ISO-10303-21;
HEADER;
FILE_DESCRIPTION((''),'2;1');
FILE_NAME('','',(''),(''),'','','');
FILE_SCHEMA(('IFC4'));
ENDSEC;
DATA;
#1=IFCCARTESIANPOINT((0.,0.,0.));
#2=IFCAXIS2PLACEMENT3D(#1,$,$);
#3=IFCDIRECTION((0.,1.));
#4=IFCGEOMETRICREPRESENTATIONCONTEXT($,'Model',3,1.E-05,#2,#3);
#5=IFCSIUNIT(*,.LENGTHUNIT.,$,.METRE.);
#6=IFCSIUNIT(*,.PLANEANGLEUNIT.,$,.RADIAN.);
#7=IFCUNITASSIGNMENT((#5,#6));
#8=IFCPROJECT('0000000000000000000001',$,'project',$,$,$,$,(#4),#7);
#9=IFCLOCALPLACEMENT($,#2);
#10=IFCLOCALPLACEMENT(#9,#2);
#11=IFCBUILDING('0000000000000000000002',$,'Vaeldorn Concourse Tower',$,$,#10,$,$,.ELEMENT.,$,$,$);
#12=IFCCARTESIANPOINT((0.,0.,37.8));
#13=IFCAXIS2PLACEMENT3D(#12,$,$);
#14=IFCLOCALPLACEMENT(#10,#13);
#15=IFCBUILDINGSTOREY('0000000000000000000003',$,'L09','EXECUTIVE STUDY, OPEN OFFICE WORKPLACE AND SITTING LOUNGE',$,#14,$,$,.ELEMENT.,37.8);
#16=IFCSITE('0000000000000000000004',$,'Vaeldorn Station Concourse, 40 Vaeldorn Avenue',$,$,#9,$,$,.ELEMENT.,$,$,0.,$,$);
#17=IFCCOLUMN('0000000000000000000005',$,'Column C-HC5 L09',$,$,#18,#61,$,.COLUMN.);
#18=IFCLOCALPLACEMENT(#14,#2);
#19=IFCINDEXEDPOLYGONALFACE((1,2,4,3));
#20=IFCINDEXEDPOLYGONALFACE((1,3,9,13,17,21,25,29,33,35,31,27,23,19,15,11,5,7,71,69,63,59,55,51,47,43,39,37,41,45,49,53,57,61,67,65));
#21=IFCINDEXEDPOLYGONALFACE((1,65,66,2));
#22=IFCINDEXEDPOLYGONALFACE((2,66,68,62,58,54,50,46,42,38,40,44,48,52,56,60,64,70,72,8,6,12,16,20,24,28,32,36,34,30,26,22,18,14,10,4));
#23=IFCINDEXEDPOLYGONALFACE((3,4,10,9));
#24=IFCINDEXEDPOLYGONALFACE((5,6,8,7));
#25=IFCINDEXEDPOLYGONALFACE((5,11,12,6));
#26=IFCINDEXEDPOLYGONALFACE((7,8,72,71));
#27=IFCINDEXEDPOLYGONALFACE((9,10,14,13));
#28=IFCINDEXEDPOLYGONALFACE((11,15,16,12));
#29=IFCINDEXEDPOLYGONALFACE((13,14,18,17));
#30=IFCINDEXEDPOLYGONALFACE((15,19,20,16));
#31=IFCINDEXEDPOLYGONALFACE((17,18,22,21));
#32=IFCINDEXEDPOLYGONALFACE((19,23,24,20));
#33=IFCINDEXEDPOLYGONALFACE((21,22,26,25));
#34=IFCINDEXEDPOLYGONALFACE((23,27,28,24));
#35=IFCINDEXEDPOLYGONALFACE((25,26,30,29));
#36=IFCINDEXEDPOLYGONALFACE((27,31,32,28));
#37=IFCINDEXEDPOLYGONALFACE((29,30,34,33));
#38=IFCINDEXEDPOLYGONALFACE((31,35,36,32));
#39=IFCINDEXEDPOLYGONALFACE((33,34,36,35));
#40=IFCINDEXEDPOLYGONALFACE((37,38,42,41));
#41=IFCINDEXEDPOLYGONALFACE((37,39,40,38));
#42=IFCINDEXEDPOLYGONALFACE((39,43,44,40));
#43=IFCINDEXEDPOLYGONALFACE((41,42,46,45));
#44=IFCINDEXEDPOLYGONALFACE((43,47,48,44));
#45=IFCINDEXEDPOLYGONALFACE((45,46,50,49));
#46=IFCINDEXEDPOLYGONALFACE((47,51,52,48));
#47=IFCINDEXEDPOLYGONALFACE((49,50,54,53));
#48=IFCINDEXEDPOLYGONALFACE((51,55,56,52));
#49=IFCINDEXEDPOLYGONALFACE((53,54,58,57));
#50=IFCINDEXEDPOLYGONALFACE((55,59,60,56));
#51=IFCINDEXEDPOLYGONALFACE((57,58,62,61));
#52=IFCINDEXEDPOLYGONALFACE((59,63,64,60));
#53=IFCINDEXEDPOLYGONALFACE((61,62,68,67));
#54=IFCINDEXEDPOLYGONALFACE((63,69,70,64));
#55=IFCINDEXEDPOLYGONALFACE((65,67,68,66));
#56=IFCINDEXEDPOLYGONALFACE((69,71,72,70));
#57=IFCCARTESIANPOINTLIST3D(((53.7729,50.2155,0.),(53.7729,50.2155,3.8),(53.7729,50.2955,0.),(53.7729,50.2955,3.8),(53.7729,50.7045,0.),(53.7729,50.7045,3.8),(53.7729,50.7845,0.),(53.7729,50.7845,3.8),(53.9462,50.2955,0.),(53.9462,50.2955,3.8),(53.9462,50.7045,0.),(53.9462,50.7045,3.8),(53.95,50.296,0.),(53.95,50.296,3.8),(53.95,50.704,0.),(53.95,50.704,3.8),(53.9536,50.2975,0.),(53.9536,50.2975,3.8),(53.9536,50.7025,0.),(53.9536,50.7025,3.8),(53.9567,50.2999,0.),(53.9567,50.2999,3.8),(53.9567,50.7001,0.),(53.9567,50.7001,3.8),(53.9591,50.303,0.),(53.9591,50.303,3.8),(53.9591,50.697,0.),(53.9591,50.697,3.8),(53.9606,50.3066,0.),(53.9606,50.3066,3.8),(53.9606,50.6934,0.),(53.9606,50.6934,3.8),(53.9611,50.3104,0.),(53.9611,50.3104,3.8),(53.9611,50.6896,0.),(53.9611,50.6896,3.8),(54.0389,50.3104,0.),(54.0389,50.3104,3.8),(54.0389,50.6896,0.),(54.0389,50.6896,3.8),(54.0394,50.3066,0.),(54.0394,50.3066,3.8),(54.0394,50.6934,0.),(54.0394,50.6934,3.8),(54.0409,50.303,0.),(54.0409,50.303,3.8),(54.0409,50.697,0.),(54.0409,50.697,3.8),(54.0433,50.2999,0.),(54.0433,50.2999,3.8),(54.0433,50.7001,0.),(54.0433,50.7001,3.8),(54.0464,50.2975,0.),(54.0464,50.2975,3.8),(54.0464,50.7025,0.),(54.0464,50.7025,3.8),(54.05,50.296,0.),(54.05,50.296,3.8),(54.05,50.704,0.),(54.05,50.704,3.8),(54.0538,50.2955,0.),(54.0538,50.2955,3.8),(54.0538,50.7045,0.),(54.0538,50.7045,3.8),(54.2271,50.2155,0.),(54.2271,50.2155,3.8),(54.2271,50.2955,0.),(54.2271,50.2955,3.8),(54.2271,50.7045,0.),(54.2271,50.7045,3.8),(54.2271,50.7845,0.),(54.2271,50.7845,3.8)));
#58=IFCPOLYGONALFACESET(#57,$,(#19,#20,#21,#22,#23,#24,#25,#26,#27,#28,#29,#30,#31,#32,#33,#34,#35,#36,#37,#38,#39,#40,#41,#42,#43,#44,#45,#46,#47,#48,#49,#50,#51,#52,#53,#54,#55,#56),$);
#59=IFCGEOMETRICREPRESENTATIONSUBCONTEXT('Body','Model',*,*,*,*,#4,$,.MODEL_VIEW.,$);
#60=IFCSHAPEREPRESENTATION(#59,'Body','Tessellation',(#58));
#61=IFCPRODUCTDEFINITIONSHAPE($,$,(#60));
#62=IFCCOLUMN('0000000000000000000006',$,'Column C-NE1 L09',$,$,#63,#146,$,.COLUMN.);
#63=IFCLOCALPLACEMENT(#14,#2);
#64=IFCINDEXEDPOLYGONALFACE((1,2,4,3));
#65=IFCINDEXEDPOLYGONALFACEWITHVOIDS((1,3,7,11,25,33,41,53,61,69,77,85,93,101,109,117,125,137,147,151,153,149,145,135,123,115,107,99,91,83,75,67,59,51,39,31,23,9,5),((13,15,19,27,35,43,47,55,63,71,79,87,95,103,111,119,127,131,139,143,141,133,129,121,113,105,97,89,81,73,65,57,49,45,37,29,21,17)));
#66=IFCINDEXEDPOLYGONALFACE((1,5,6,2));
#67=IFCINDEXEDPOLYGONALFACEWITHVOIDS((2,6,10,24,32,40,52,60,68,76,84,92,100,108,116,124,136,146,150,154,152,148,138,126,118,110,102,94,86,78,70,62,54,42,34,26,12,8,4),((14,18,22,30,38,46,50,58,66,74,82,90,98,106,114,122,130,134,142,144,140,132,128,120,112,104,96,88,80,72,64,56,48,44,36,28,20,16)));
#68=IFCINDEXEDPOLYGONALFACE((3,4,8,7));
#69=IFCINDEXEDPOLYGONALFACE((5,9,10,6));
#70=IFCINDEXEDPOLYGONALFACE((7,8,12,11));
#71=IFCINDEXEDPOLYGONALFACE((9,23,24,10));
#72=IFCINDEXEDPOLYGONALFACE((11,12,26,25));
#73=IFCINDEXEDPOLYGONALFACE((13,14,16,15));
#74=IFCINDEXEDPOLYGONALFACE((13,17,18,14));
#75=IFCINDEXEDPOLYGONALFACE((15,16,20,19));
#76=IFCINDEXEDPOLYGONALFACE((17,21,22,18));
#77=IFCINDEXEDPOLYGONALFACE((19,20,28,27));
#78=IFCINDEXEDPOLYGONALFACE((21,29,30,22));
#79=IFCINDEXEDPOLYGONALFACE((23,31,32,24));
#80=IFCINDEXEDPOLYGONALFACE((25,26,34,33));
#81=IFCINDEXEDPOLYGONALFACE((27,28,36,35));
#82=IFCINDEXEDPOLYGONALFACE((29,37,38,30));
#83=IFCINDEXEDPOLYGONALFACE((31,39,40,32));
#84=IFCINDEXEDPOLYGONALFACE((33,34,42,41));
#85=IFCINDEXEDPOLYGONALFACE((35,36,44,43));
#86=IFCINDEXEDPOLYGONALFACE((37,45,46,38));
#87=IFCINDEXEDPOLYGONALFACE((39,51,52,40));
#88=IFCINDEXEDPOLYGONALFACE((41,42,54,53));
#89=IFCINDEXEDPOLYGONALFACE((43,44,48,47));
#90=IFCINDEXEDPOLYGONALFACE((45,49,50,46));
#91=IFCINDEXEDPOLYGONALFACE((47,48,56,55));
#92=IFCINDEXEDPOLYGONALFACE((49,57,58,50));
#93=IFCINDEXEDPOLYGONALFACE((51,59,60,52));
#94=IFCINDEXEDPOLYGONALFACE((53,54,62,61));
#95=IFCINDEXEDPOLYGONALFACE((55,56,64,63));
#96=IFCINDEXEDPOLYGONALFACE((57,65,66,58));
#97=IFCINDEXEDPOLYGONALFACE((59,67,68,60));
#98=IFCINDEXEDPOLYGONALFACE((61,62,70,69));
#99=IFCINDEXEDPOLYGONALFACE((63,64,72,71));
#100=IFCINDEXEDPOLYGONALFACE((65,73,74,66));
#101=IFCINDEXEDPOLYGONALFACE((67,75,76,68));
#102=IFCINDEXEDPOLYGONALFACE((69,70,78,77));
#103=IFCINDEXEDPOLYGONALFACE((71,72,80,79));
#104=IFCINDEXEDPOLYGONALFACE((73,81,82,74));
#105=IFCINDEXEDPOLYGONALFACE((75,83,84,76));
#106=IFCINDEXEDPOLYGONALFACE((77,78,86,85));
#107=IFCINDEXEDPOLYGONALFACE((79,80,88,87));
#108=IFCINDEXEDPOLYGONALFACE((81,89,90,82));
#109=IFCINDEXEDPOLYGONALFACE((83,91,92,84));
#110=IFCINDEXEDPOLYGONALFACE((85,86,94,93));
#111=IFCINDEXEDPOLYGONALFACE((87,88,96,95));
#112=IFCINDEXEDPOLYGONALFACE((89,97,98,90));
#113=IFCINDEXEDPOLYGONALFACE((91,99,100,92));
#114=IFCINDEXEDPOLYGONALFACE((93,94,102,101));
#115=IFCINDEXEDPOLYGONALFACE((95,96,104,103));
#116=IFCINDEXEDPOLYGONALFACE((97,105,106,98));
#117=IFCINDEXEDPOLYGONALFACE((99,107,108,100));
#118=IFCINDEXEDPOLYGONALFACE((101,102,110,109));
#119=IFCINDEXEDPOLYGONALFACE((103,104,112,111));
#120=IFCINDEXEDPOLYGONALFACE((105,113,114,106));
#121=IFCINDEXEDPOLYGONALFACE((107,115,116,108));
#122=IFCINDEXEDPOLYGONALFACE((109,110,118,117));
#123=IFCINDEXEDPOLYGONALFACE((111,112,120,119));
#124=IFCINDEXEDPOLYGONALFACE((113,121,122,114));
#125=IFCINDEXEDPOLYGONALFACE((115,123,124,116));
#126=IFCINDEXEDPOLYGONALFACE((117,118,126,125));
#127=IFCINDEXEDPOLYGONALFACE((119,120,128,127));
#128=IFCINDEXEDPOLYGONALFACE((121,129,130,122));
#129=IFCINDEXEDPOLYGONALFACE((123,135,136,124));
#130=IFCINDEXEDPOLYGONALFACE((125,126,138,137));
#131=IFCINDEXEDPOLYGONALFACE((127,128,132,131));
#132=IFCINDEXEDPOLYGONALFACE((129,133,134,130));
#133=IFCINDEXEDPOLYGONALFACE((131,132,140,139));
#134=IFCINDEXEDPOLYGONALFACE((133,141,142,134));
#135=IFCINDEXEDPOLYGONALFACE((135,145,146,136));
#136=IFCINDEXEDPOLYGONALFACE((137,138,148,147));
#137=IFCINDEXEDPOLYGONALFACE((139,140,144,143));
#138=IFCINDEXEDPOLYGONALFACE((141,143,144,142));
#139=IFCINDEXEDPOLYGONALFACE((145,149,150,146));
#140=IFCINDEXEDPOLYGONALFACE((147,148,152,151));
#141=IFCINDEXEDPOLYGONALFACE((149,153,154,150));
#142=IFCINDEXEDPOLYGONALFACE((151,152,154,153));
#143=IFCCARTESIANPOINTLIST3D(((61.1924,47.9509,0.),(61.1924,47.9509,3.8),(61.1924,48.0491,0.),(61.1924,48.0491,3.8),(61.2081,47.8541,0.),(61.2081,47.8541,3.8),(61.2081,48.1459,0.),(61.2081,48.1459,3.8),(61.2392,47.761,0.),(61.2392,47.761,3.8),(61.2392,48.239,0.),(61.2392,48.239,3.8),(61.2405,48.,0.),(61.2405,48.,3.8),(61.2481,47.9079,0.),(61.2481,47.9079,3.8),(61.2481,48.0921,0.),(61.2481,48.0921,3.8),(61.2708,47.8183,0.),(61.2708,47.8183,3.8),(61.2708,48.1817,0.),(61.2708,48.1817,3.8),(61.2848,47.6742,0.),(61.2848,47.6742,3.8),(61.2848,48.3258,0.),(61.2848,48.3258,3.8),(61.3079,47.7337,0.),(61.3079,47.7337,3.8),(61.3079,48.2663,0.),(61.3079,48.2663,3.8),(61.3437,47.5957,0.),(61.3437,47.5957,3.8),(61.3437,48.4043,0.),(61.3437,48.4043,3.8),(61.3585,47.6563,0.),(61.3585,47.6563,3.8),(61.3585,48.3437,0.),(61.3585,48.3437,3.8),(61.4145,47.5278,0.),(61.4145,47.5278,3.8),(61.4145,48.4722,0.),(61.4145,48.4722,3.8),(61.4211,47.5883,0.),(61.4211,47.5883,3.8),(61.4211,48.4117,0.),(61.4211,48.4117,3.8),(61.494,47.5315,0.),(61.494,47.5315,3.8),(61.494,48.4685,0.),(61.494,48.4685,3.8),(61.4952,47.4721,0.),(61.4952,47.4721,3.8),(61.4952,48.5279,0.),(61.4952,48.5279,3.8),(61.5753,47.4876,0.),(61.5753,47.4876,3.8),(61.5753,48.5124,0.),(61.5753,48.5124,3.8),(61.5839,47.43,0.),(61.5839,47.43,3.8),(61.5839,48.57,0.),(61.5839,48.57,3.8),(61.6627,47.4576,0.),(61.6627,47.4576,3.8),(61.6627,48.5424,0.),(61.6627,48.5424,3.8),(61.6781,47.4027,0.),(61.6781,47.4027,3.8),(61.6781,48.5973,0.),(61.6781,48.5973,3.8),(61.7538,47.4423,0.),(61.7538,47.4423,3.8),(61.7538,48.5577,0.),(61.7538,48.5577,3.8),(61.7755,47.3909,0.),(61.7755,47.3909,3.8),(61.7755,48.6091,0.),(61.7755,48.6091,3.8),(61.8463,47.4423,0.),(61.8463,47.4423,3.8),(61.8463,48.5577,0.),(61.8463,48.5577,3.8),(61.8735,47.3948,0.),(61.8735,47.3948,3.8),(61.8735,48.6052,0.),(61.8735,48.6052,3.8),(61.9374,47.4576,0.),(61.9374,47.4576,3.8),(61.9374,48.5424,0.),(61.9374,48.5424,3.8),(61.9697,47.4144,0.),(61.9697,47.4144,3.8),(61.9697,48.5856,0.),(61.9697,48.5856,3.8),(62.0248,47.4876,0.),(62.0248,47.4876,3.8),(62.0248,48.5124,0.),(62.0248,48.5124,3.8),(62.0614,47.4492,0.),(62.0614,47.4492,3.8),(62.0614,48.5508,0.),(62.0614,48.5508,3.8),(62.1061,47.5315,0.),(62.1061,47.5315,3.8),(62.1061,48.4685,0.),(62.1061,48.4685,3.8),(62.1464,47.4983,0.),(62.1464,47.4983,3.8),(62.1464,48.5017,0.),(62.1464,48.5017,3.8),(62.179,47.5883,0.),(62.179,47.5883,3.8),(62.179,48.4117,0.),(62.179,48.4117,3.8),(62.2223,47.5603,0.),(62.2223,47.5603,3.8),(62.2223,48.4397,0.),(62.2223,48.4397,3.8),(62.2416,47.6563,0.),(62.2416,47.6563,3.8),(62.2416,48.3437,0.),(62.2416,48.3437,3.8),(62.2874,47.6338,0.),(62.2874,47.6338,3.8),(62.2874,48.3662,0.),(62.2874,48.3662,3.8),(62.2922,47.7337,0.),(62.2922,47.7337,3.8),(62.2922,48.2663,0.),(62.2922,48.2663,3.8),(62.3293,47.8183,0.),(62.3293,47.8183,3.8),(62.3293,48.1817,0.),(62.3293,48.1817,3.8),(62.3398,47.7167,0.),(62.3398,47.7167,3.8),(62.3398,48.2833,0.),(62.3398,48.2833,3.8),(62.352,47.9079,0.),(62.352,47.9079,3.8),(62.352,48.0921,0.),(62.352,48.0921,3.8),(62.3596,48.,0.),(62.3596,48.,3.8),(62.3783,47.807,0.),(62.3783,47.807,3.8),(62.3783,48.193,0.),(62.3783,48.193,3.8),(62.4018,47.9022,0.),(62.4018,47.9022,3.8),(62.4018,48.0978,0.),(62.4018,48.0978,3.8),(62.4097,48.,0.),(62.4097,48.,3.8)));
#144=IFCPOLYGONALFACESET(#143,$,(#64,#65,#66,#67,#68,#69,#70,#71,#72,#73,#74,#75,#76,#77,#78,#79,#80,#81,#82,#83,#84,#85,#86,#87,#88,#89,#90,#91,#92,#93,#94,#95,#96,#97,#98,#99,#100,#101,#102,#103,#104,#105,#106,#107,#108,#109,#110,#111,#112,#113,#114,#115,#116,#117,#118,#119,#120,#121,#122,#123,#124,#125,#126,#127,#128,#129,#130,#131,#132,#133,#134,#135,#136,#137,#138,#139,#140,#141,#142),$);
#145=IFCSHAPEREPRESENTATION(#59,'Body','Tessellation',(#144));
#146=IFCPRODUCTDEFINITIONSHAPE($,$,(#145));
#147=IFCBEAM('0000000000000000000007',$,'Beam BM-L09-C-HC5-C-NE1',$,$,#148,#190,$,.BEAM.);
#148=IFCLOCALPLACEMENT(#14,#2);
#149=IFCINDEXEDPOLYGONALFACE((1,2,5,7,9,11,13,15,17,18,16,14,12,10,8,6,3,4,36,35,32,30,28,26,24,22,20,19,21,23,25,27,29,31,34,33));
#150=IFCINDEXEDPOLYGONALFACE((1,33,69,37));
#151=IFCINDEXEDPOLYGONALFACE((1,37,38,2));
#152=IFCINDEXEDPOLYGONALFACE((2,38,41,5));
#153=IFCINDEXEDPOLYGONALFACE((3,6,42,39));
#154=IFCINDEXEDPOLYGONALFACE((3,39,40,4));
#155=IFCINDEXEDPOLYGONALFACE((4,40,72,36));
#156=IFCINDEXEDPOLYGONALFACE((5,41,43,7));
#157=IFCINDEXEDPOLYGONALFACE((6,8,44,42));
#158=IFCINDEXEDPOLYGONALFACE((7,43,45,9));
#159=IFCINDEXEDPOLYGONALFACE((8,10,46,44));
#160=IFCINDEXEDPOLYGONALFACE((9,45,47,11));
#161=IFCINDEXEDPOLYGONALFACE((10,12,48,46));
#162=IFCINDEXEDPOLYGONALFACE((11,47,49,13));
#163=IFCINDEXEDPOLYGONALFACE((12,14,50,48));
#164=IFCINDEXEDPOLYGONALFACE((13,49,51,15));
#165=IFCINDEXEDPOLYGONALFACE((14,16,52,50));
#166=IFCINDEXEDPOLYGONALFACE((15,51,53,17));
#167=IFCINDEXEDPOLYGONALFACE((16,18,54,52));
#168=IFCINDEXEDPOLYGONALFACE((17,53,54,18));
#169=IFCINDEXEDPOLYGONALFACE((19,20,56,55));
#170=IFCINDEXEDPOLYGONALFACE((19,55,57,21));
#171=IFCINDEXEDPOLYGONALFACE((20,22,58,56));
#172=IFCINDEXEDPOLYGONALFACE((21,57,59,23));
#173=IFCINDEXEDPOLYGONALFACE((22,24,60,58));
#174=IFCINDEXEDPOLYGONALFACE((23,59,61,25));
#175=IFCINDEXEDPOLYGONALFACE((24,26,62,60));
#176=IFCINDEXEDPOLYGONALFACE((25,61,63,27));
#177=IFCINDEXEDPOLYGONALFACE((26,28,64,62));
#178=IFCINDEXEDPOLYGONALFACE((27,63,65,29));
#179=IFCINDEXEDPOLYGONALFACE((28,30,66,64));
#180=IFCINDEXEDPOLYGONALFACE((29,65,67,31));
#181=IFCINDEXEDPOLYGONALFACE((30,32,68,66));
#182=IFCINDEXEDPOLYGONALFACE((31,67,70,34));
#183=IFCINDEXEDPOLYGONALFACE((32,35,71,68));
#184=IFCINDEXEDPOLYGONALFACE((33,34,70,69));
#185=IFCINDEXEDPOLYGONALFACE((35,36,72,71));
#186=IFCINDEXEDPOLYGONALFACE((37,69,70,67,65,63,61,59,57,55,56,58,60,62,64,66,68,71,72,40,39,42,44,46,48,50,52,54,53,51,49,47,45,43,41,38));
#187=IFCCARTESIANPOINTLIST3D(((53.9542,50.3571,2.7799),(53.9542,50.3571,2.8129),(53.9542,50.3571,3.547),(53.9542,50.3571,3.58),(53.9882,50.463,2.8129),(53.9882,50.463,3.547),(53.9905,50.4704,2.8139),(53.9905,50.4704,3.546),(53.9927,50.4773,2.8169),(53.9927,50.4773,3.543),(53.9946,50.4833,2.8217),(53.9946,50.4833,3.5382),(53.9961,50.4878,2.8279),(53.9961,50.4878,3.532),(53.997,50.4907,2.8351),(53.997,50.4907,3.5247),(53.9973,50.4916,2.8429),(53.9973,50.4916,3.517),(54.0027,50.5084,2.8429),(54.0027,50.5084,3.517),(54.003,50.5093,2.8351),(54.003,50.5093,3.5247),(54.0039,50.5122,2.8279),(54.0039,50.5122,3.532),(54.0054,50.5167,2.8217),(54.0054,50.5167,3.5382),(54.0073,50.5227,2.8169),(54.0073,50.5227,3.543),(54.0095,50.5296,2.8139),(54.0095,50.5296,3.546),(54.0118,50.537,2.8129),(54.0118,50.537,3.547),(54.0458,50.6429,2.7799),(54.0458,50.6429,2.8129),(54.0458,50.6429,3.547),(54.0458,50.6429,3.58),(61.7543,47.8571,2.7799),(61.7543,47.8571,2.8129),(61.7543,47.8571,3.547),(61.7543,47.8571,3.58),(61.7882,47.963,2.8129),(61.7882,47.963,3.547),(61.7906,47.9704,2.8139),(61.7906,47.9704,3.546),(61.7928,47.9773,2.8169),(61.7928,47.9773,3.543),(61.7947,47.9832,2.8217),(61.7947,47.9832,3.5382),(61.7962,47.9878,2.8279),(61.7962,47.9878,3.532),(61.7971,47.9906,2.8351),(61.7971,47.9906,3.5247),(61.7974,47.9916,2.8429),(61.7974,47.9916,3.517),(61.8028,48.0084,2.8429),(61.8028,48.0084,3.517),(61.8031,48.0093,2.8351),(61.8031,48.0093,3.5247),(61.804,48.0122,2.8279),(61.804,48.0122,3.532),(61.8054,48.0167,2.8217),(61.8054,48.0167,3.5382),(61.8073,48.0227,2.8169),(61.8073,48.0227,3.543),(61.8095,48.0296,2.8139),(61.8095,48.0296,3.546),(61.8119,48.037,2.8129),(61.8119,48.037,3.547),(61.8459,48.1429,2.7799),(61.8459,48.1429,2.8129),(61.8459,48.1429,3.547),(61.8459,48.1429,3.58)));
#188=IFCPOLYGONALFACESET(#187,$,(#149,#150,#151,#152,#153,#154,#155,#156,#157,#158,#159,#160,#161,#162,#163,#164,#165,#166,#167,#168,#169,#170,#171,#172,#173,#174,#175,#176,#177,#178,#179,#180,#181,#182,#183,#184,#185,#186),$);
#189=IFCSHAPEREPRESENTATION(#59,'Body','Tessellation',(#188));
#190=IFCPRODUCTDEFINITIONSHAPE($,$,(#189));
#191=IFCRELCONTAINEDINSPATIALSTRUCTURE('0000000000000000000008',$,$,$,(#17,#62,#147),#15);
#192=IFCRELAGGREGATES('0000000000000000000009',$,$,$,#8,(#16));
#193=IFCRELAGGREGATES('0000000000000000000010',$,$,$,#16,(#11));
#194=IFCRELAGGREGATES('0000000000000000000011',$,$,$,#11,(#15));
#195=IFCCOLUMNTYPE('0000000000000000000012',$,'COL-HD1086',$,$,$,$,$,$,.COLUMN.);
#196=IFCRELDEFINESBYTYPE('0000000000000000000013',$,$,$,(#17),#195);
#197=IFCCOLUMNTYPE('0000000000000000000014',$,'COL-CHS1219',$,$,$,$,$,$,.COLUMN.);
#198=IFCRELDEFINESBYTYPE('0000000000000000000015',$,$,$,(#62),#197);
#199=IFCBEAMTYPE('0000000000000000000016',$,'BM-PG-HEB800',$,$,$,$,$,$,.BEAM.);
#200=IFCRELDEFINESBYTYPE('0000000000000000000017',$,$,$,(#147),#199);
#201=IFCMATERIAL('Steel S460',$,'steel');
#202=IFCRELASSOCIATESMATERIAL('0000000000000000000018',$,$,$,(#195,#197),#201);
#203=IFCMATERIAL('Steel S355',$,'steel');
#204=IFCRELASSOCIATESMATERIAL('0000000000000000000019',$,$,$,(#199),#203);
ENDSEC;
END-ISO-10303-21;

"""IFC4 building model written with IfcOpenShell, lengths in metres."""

from ifc_helpers import new_model, si_unit, direction, frame, origin, origin_2d, place, context, subcontext, project, spatial, hollow_circle, i_section, extrude, source, transform, mapped, material, material_profile, profile_set, type_object, element, save


model = new_model("IFC4")

# Units and contexts
model_context = context("Model", 3, precision=1e-05, world=origin(), true_north=direction((0.0, 1.0)))
body_context = subcontext(model_context, "Body", "Model", "MODEL_VIEW")
ifc_project = project(units=[si_unit("LENGTHUNIT", "METRE"), si_unit("PLANEANGLEUNIT", "RADIAN")], contexts=[model_context])

# Site, building, storey
site_placement = place(None, origin())
site = spatial("IfcSite", under=ifc_project, at=site_placement, Name="Vaeldorn Station Concourse, 40 Vaeldorn Avenue", CompositionType="ELEMENT", RefElevation=0.0)
building_placement = place(site_placement, origin())
building = spatial("IfcBuilding", under=site, at=building_placement, Name="Vaeldorn Concourse Tower", CompositionType="ELEMENT")
storey_placement = place(building_placement, frame((0.0, 0.0, 37.8)))
storey = spatial("IfcBuildingStorey", under=building, at=storey_placement, Name="L09", Description="EXECUTIVE STUDY, OPEN OFFICE WORKPLACE AND SITTING LOUNGE", CompositionType="ELEMENT", Elevation=37.8)

# Columns
ifc_material_1 = material(Name="Steel S460", Category="steel")
ifc_material_profile_1 = material_profile(ifc_material_1, i_section(OverallWidth=0.4541, OverallDepth=0.5691, WebThickness=0.0779, FlangeThickness=0.0801, FilletRadius=0.0149, at=origin_2d()), Name="HD 400x1086")
ifc_profile_set_1 = profile_set([ifc_material_profile_1], Name="Steel S460")
column_type_1 = type_object("IfcColumnType", Name="COL-HD1086", PredefinedType="COLUMN", material=ifc_profile_set_1)
shared_shape_1 = source(origin(), body_context, "Body", "SweptSolid", [
    extrude(i_section(OverallWidth=0.4541, OverallDepth=0.5691, WebThickness=0.0779, FlangeThickness=0.0801, FilletRadius=0.0149, at=origin_2d()), origin(), (0.0, 0.0, 1.0), 3.8),
])
column_1_placement = place(storey_placement, frame((54.0, 50.5, 0.0), z_axis=(0.0, 0.0, 1.0), x_axis=(1.0, 0.0, 0.0)))
element("IfcColumn", 1, at=column_1_placement, inside=storey, type_object=column_type_1, Name="Column C-HC5 L09", PredefinedType="COLUMN", context=body_context, shape_type="MappedRepresentation", body=[
    mapped(shared_shape_1, transform((0.0, 0.0, 0.0), scale=1.0)),
])
ifc_material_profile_2 = material_profile(ifc_material_1, hollow_circle(Radius=0.6096, WallThickness=0.05, at=origin_2d()), Name="CHS 1219x50")
ifc_profile_set_2 = profile_set([ifc_material_profile_2], Name="Steel S460")
column_type_2 = type_object("IfcColumnType", Name="COL-CHS1219", PredefinedType="COLUMN", material=ifc_profile_set_2)
shared_shape_2 = source(origin(), body_context, "Body", "SweptSolid", [
    extrude(hollow_circle(Radius=0.6096, WallThickness=0.05, at=origin_2d()), origin(), (0.0, 0.0, 1.0), 3.8),
])
column_2_placement = place(storey_placement, frame((61.8, 48.0, 0.0), z_axis=(0.0, 0.0, 1.0), x_axis=(1.0, 0.0, 0.0)))
element("IfcColumn", 2, at=column_2_placement, inside=storey, type_object=column_type_2, Name="Column C-NE1 L09", PredefinedType="COLUMN", context=body_context, shape_type="MappedRepresentation", body=[
    mapped(shared_shape_2, transform((0.0, 0.0, 0.0), scale=1.0)),
])

# Beam
ifc_material_2 = material(Name="Steel S355", Category="steel")
ifc_material_profile_3 = material_profile(ifc_material_2, i_section(OverallWidth=0.3, OverallDepth=0.8, WebThickness=0.0176, FlangeThickness=0.033, FilletRadius=0.03, at=origin_2d()), Name="HEB 800")
ifc_profile_set_3 = profile_set([ifc_material_profile_3], Name="Steel S355")
beam_type_1 = type_object("IfcBeamType", Name="BM-PG-HEB800", PredefinedType="BEAM", material=ifc_profile_set_3)
shared_shape_3 = source(origin(), body_context, "Body", "SweptSolid", [
    extrude(i_section(OverallWidth=0.3, OverallDepth=0.8, WebThickness=0.0176, FlangeThickness=0.033, FilletRadius=0.03, at=origin_2d()), origin(), (0.0, 0.0, 1.0), 8.1909),
])
beam_1_placement = place(storey_placement, frame((54.0, 50.5, 3.1799), z_axis=(0.952283, -0.305217, 0.0), x_axis=(0.305217, 0.952283, 0.0)))
element("IfcBeam", 3, at=beam_1_placement, inside=storey, type_object=beam_type_1, Name="Beam BM-L09-C-HC5-C-NE1", PredefinedType="BEAM", context=body_context, shape_type="MappedRepresentation", body=[
    mapped(shared_shape_3, transform((0.0, 0.0, 0.0), scale=1.0)),
])

save(model, "model.ifc")
